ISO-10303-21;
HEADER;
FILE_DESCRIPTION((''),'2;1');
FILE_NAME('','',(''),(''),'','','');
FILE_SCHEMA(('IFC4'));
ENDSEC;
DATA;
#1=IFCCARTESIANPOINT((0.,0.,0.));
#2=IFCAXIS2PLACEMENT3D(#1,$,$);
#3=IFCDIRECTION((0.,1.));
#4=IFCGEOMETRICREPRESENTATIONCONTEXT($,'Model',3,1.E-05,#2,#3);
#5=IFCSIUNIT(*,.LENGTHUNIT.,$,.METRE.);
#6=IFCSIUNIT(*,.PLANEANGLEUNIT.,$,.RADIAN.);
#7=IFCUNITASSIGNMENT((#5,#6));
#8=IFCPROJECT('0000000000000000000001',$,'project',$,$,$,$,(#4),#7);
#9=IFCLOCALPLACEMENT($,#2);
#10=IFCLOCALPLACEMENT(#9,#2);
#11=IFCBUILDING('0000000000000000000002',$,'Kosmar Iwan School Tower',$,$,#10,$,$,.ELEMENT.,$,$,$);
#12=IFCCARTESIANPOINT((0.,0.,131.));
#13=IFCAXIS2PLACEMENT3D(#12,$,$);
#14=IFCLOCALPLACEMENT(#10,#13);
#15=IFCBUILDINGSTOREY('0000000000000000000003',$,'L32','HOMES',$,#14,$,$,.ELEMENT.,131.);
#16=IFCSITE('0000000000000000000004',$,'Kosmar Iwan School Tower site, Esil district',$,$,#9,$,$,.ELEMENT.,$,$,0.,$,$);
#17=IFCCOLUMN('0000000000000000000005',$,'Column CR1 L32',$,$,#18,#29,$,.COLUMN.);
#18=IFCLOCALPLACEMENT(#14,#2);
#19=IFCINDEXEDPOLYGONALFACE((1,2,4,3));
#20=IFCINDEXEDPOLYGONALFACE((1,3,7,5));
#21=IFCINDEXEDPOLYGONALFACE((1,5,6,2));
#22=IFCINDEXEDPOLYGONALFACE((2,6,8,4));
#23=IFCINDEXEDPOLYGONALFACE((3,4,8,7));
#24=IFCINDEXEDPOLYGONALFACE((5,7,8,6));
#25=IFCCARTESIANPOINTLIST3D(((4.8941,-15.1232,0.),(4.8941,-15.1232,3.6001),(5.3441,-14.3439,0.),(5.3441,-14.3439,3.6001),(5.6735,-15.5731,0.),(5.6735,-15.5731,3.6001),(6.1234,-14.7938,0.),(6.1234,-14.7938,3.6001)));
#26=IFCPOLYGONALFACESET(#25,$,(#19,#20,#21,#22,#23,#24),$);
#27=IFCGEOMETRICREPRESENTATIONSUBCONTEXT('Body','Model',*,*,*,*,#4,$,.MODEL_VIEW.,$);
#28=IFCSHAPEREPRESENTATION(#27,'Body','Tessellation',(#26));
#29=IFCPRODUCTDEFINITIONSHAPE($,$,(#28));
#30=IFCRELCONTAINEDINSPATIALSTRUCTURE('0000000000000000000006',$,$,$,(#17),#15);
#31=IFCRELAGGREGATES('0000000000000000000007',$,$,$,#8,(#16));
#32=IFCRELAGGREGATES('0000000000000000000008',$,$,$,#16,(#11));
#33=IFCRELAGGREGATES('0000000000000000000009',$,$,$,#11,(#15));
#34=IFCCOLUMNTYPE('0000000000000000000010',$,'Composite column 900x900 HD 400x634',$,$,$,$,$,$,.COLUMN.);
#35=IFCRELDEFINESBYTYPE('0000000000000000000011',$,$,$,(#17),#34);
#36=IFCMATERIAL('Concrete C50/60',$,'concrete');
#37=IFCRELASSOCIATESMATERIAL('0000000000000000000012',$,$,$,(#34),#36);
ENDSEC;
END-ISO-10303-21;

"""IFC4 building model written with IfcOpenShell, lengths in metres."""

from ifc_helpers import new_model, si_unit, direction, frame, origin, origin_2d, place, context, subcontext, project, spatial, rectangle, extrude, material, material_profile, profile_set, type_object, element, save


model = new_model("IFC4")

# Units and contexts
model_context = context("Model", 3, precision=1e-05, world=origin(), true_north=direction((0.0, 1.0)))
body_context = subcontext(model_context, "Body", "Model", "MODEL_VIEW")
ifc_project = project(units=[si_unit("LENGTHUNIT", "METRE"), si_unit("PLANEANGLEUNIT", "RADIAN")], contexts=[model_context])

# Site, building, storey
site_placement = place(None, origin())
site = spatial("IfcSite", under=ifc_project, at=site_placement, Name="Kosmar Iwan School Tower site, Esil district", CompositionType="ELEMENT", RefElevation=0.0)
building_placement = place(site_placement, origin())
building = spatial("IfcBuilding", under=site, at=building_placement, Name="Kosmar Iwan School Tower", CompositionType="ELEMENT")
storey_placement = place(building_placement, frame((0.0, 0.0, 131.0)))
storey = spatial("IfcBuildingStorey", under=building, at=storey_placement, Name="L32", Description="HOMES", CompositionType="ELEMENT", Elevation=131.0)

# Column
ifc_material_1 = material(Name="Concrete C50/60", Category="concrete")
ifc_material_profile = material_profile(ifc_material_1, rectangle(XDim=0.8999, YDim=0.8999, at=origin_2d()), Name="RC 900x900 + HD 400x634")
ifc_profile_set = profile_set([ifc_material_profile], Name="Concrete C50/60")
column_type = type_object("IfcColumnType", Name="Composite column 900x900 HD 400x634", PredefinedType="COLUMN", material=ifc_profile_set)
column_placement = place(storey_placement, frame((5.5088, -14.9585, 0.0), z_axis=(0.0, 0.0, 1.0), x_axis=(0.866025, -0.5, 0.0)))
element("IfcColumn", 1, at=column_placement, inside=storey, type_object=column_type, Name="Column CR1 L32", PredefinedType="COLUMN", context=body_context, shape_type="SweptSolid", body=[
    extrude(rectangle(XDim=0.8999, YDim=0.8999, at=origin_2d()), origin(), (0.0, 0.0, 1.0), 3.6001),
])

save(model, "model.ifc")
